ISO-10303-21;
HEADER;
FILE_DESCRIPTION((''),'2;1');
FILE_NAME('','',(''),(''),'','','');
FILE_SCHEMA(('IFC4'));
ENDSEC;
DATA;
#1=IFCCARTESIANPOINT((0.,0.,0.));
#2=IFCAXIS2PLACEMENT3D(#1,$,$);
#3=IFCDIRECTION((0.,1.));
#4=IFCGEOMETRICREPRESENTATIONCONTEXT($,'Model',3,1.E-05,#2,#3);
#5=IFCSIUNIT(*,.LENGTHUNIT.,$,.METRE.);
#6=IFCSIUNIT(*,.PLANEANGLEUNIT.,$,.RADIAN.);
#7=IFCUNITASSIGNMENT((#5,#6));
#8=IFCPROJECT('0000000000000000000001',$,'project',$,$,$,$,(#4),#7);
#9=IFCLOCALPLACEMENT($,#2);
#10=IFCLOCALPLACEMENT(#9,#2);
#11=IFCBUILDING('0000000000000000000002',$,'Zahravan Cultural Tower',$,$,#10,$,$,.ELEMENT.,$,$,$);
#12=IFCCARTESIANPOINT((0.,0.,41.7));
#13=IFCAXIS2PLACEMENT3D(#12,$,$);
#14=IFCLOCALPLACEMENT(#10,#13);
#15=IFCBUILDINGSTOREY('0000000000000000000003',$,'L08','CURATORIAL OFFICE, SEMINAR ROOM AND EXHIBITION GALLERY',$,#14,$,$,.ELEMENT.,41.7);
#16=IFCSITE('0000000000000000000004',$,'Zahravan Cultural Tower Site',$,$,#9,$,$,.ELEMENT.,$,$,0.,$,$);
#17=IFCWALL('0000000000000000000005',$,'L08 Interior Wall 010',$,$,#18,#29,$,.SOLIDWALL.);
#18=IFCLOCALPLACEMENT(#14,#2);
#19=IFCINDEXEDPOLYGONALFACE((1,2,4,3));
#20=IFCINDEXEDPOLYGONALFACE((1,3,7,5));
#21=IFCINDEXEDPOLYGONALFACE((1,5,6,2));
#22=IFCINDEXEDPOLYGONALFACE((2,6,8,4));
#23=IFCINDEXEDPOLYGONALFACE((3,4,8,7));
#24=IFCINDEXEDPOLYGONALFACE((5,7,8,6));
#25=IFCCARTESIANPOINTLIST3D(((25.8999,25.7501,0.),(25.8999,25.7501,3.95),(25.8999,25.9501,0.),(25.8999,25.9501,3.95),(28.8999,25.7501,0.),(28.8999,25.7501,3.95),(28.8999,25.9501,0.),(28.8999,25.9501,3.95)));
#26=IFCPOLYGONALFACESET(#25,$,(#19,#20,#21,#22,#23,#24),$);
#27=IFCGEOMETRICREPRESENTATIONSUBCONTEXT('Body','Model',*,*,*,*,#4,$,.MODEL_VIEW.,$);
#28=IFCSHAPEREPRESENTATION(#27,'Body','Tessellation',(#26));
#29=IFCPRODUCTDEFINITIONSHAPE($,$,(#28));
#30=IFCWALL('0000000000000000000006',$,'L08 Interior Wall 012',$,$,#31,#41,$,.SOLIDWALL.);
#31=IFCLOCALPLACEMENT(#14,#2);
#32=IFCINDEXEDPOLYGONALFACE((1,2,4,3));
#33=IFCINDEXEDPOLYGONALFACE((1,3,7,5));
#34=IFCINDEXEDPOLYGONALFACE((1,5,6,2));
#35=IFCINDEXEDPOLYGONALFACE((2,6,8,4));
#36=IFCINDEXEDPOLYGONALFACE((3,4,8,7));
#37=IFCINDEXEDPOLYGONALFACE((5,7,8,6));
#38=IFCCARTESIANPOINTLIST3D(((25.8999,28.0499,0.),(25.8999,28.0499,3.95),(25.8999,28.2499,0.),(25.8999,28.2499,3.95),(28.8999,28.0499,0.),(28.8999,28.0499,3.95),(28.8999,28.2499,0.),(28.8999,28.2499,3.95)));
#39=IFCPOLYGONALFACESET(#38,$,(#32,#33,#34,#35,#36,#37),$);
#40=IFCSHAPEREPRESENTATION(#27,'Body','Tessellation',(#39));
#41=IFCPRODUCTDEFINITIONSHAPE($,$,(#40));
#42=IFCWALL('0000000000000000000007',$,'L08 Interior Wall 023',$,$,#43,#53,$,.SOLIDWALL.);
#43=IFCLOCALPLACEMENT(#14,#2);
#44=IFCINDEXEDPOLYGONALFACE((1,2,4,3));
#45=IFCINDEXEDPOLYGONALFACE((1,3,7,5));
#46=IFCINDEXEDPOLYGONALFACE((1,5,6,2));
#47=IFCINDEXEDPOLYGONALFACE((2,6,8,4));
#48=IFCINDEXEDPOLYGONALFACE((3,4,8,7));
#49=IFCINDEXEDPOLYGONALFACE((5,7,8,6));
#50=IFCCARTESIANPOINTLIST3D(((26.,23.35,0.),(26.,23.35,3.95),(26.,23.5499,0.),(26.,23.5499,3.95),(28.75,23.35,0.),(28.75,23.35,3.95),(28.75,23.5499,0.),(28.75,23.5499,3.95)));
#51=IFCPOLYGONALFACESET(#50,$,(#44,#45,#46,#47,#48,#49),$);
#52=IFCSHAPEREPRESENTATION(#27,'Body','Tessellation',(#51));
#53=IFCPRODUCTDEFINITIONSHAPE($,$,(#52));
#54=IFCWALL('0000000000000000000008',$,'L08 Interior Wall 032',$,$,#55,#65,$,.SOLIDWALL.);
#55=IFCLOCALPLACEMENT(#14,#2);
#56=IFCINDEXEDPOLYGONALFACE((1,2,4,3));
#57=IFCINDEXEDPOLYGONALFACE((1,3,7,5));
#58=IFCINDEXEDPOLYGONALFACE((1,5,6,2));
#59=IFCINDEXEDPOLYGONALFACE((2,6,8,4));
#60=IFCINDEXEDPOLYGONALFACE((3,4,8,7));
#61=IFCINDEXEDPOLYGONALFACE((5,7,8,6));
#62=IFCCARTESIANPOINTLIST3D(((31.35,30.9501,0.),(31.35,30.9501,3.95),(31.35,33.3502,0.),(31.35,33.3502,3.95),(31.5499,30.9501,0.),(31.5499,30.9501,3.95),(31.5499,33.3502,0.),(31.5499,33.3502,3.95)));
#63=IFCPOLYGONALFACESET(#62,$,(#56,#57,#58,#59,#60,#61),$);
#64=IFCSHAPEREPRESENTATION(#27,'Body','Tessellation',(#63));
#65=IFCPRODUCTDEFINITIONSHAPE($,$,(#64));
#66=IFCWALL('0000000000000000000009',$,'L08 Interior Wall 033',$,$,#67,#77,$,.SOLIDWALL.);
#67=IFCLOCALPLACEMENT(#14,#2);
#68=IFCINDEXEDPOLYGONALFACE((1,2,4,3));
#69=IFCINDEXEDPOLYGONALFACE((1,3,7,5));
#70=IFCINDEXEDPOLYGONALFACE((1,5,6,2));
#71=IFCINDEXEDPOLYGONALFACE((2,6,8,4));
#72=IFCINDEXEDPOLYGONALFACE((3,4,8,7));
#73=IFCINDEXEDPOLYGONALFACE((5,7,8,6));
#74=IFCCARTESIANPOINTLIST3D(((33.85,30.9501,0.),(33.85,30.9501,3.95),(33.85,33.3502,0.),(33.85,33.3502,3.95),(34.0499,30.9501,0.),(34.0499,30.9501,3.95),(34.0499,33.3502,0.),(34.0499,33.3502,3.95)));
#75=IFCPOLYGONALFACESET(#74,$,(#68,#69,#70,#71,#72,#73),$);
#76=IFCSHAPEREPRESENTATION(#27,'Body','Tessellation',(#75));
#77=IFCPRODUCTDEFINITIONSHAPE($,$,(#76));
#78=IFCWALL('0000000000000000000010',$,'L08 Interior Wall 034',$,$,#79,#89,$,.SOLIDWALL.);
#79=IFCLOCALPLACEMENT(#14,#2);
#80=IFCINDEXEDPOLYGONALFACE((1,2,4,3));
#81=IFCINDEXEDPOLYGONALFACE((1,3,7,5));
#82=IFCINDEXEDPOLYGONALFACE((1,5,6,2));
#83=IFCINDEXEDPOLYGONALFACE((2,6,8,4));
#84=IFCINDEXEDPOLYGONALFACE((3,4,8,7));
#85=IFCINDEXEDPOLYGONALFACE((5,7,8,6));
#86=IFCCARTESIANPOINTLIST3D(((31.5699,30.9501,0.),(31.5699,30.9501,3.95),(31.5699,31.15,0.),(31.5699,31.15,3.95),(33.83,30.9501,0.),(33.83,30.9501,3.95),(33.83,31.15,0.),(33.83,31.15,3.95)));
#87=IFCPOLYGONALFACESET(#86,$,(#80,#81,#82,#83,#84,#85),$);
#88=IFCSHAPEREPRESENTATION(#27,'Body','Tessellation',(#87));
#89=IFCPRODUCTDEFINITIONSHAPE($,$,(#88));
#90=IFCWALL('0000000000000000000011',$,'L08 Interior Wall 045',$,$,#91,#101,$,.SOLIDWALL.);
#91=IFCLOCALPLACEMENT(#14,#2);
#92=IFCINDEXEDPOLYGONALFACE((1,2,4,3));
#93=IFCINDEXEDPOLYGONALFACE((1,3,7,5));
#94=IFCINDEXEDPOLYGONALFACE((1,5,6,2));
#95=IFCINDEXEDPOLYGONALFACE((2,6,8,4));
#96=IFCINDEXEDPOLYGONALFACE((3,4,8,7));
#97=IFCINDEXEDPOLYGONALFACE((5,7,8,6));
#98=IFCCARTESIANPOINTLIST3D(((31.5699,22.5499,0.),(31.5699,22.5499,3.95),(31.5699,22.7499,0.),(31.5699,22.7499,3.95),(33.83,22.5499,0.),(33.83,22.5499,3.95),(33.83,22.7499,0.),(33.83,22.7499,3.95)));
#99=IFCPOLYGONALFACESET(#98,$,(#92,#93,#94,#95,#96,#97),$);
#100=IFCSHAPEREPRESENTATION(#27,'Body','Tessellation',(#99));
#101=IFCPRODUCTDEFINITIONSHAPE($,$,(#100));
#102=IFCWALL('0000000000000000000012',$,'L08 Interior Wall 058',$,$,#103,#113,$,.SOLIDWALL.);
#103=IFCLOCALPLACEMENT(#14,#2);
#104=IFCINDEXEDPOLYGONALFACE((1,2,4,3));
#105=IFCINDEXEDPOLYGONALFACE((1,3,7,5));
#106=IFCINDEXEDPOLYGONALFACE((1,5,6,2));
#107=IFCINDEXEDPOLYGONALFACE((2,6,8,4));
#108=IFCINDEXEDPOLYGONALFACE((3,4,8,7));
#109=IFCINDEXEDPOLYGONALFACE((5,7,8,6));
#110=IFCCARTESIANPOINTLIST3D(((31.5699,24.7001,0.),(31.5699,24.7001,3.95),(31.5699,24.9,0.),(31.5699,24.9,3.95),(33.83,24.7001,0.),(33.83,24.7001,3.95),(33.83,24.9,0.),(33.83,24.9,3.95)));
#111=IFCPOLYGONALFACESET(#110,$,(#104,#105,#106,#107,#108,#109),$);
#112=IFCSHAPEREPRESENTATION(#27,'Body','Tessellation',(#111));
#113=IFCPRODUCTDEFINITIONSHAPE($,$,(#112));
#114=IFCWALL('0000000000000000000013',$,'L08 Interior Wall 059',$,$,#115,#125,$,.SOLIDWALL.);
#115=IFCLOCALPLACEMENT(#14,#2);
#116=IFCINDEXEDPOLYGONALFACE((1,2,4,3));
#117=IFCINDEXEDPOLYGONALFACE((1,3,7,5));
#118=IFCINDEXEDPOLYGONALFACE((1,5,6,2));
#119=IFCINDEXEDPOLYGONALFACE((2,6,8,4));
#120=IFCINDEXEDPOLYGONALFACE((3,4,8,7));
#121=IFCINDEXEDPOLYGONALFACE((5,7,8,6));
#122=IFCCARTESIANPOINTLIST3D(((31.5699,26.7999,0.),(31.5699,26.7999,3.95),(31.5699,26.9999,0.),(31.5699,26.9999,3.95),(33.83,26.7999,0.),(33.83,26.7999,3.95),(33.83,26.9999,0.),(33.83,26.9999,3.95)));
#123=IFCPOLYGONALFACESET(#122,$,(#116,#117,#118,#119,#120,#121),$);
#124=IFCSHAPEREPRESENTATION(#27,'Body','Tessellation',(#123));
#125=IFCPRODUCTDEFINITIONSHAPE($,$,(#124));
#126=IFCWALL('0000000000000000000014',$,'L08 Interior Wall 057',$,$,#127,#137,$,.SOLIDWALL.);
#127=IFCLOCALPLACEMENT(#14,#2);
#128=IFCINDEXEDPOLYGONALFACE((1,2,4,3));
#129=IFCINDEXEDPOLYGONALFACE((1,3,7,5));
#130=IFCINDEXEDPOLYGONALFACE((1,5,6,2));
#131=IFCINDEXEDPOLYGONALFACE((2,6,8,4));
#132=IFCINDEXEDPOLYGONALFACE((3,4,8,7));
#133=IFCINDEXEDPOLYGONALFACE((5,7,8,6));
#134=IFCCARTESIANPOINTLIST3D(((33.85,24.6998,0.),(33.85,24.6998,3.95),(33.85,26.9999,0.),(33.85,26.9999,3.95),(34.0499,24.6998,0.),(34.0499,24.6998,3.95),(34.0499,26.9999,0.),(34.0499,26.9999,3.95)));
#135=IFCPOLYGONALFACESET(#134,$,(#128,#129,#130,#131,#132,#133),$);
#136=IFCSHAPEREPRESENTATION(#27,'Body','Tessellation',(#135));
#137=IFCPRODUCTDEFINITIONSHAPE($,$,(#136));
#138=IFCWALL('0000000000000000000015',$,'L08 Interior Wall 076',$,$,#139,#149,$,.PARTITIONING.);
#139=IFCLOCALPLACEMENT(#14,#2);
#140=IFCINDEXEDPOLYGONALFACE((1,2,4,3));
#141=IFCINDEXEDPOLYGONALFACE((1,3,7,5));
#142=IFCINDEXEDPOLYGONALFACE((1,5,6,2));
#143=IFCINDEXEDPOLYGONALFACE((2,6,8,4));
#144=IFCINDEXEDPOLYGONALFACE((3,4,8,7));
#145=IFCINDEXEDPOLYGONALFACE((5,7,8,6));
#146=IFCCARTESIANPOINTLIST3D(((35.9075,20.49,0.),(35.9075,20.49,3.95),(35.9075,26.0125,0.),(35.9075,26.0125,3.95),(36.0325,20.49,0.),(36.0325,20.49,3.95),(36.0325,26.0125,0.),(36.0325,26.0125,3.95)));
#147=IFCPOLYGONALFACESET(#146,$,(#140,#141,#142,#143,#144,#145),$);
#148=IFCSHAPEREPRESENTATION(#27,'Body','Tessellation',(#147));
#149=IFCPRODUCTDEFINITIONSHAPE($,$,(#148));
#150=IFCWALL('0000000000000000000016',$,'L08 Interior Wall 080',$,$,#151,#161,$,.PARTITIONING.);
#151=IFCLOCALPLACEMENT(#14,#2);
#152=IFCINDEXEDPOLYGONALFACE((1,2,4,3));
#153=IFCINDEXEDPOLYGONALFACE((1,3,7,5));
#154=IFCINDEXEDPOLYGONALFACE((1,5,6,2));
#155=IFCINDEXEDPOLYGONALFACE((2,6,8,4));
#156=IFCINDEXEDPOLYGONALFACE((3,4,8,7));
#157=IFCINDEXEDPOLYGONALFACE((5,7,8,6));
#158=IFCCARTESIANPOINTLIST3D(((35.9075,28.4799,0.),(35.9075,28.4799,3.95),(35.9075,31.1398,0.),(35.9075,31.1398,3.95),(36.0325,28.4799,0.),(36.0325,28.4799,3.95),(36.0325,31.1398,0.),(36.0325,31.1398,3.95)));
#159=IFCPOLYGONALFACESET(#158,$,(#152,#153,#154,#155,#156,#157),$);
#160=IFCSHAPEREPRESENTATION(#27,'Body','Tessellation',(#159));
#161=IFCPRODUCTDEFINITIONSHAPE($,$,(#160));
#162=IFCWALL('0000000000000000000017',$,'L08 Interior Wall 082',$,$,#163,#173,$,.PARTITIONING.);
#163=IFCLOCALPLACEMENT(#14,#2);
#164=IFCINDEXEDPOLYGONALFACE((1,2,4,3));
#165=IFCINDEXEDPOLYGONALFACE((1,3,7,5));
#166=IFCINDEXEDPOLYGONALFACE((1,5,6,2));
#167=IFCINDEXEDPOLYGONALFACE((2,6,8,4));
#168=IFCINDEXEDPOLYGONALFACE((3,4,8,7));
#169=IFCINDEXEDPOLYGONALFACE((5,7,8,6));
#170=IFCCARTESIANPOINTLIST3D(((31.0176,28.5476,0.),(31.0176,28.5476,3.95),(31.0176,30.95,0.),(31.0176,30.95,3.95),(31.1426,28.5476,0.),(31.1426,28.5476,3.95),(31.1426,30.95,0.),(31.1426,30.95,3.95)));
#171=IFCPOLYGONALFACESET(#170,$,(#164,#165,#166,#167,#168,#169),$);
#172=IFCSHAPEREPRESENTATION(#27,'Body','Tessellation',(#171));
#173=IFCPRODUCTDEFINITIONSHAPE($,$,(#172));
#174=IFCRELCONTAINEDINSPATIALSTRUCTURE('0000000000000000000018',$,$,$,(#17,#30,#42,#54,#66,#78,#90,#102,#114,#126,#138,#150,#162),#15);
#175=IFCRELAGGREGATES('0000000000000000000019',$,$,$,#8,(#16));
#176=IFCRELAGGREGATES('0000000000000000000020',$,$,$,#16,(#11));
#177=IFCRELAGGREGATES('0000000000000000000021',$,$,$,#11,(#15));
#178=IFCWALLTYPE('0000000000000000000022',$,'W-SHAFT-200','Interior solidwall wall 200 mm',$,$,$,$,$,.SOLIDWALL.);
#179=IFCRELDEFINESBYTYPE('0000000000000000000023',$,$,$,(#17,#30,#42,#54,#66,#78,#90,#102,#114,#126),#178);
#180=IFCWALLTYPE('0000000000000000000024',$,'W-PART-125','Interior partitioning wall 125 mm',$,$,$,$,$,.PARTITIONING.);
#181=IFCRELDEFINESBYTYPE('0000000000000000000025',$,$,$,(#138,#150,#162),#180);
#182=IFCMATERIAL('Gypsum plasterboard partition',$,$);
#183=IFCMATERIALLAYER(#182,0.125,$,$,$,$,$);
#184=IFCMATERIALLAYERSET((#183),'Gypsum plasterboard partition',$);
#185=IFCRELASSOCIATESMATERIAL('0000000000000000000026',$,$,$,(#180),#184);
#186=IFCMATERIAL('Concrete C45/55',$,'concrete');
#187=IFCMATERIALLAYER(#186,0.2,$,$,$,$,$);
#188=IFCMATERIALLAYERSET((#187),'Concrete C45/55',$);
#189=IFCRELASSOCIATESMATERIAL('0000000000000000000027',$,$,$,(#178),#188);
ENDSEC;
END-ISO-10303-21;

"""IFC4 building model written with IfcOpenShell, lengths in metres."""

from ifc_helpers import new_model, si_unit, direction, frame, frame_2d, origin, place, context, subcontext, project, spatial, rectangle, extrude, source, transform, mapped, material, layer, layer_set, type_object, element, save


model = new_model("IFC4")

# Units and contexts
model_context = context("Model", 3, precision=1e-05, world=origin(), true_north=direction((0.0, 1.0)))
body_context = subcontext(model_context, "Body", "Model", "MODEL_VIEW")
ifc_project = project(units=[si_unit("LENGTHUNIT", "METRE"), si_unit("PLANEANGLEUNIT", "RADIAN")], contexts=[model_context])

# Site, building, storey
site_placement = place(None, origin())
site = spatial("IfcSite", under=ifc_project, at=site_placement, Name="Zahravan Cultural Tower Site", CompositionType="ELEMENT", RefElevation=0.0)
building_placement = place(site_placement, origin())
building = spatial("IfcBuilding", under=site, at=building_placement, Name="Zahravan Cultural Tower", CompositionType="ELEMENT")
storey_placement = place(building_placement, frame((0.0, 0.0, 41.7)))
storey = spatial("IfcBuildingStorey", under=building, at=storey_placement, Name="L08", Description="CURATORIAL OFFICE, SEMINAR ROOM AND EXHIBITION GALLERY", CompositionType="ELEMENT", Elevation=41.7)

# Shared definitions
ifc_material_1 = material(Name="Gypsum plasterboard partition")
ifc_layer_1 = layer(ifc_material_1, 0.125)
ifc_layer_set_1 = layer_set([ifc_layer_1], Name="Gypsum plasterboard partition")
wall_type_1 = type_object("IfcWallType", Name="W-PART-125", Description="Interior partitioning wall 125 mm", PredefinedType="PARTITIONING", material=ifc_layer_set_1)
ifc_material_2 = material(Name="Concrete C45/55", Category="concrete")
ifc_layer_2 = layer(ifc_material_2, 0.2)
ifc_layer_set_2 = layer_set([ifc_layer_2], Name="Concrete C45/55")
wall_type_2 = type_object("IfcWallType", Name="W-SHAFT-200", Description="Interior solidwall wall 200 mm", PredefinedType="SOLIDWALL", material=ifc_layer_set_2)

# Walls
shared_shape_1 = source(origin(), body_context, "Body", "SweptSolid", [
    extrude(rectangle(XDim=3.0, YDim=0.2, at=frame_2d((1.5, 0.0))), origin(), (0.0, 0.0, 1.0), 3.95),
])
for number, where, z_axis, x_axis, name in (
    (1, (25.8999, 25.8501, 0.0), (0.0, 0.0, 1.0), (1.0, 0.0, 0.0), "L08 Interior Wall 010"),
    (2, (25.8999, 28.1499, 0.0), (0.0, 0.0, 1.0), (1.0, 0.0, 0.0), "L08 Interior Wall 012"),
):
    element("IfcWall", number, at=place(storey_placement, frame(where, z_axis=z_axis, x_axis=x_axis)), inside=storey, type_object=wall_type_2, Name=name, PredefinedType="SOLIDWALL", context=body_context, shape_type="MappedRepresentation", body=[
        mapped(shared_shape_1, transform((0.0, 0.0, 0.0), x_axis=(1.0, 0.0, 0.0), y_axis=(0.0, 1.0, 0.0), z_axis=(0.0, 0.0, 1.0), scale=1.0)),
    ])
shared_shape_2 = source(origin(), body_context, "Body", "SweptSolid", [
    extrude(rectangle(XDim=2.75, YDim=0.2, at=frame_2d((1.375, 0.0))), origin(), (0.0, 0.0, 1.0), 3.95),
])
wall_1_placement = place(storey_placement, frame((26.0, 23.45, 0.0), z_axis=(0.0, 0.0, 1.0), x_axis=(1.0, 0.0, 0.0)))
element("IfcWall", 3, at=wall_1_placement, inside=storey, type_object=wall_type_2, Name="L08 Interior Wall 023", PredefinedType="SOLIDWALL", context=body_context, shape_type="MappedRepresentation", body=[
    mapped(shared_shape_2, transform((0.0, 0.0, 0.0), x_axis=(1.0, 0.0, 0.0), y_axis=(0.0, 1.0, 0.0), z_axis=(0.0, 0.0, 1.0), scale=1.0)),
])
shared_shape_3 = source(origin(), body_context, "Body", "SweptSolid", [
    extrude(rectangle(XDim=2.4001, YDim=0.2, at=frame_2d((1.2002, 0.0))), origin(), (0.0, 0.0, 1.0), 3.95),
])
for number, where, z_axis, x_axis, name in (
    (4, (31.45, 30.95, 0.0), (0.0, 0.0, 1.0), (0.0, 1.0, 0.0), "L08 Interior Wall 032"),
    (5, (33.95, 30.95, 0.0), (0.0, 0.0, 1.0), (0.0, 1.0, 0.0), "L08 Interior Wall 033"),
):
    element("IfcWall", number, at=place(storey_placement, frame(where, z_axis=z_axis, x_axis=x_axis)), inside=storey, type_object=wall_type_2, Name=name, PredefinedType="SOLIDWALL", context=body_context, shape_type="MappedRepresentation", body=[
        mapped(shared_shape_3, transform((0.0, 0.0, 0.0), x_axis=(1.0, 0.0, 0.0), y_axis=(0.0, 1.0, 0.0), z_axis=(0.0, 0.0, 1.0), scale=1.0)),
    ])
shared_shape_4 = source(origin(), body_context, "Body", "SweptSolid", [
    extrude(rectangle(XDim=2.26, YDim=0.2, at=frame_2d((1.1299, 0.0))), origin(), (0.0, 0.0, 1.0), 3.95),
])
for number, where, z_axis, x_axis, name in (
    (6, (31.5701, 31.05, 0.0), (0.0, 0.0, 1.0), (1.0, 0.0, 0.0), "L08 Interior Wall 034"),
    (7, (31.5701, 22.6499, 0.0), (0.0, 0.0, 1.0), (1.0, 0.0, 0.0), "L08 Interior Wall 045"),
    (8, (31.5701, 24.8, 0.0), (0.0, 0.0, 1.0), (1.0, 0.0, 0.0), "L08 Interior Wall 058"),
    (9, (31.5701, 26.8999, 0.0), (0.0, 0.0, 1.0), (1.0, 0.0, 0.0), "L08 Interior Wall 059"),
):
    element("IfcWall", number, at=place(storey_placement, frame(where, z_axis=z_axis, x_axis=x_axis)), inside=storey, type_object=wall_type_2, Name=name, PredefinedType="SOLIDWALL", context=body_context, shape_type="MappedRepresentation", body=[
        mapped(shared_shape_4, transform((0.0, 0.0, 0.0), x_axis=(1.0, 0.0, 0.0), y_axis=(0.0, 1.0, 0.0), z_axis=(0.0, 0.0, 1.0), scale=1.0)),
    ])
shared_shape_5 = source(origin(), body_context, "Body", "SweptSolid", [
    extrude(rectangle(XDim=2.3, YDim=0.2, at=frame_2d((1.1499, 0.0))), origin(), (0.0, 0.0, 1.0), 3.95),
])
wall_2_placement = place(storey_placement, frame((33.95, 24.7, 0.0), z_axis=(0.0, 0.0, 1.0), x_axis=(0.0, 1.0, 0.0)))
element("IfcWall", 10, at=wall_2_placement, inside=storey, type_object=wall_type_2, Name="L08 Interior Wall 057", PredefinedType="SOLIDWALL", context=body_context, shape_type="MappedRepresentation", body=[
    mapped(shared_shape_5, transform((0.0, 0.0, 0.0), x_axis=(1.0, 0.0, 0.0), y_axis=(0.0, 1.0, 0.0), z_axis=(0.0, 0.0, 1.0), scale=1.0)),
])
shared_shape_6 = source(origin(), body_context, "Body", "SweptSolid", [
    extrude(rectangle(XDim=5.5225, YDim=0.125, at=frame_2d((2.7612, 0.0))), origin(), (0.0, 0.0, 1.0), 3.95),
])
wall_3_placement = place(storey_placement, frame((35.97, 26.0125, 0.0), z_axis=(0.0, 0.0, 1.0), x_axis=(0.0, -1.0, 0.0)))
element("IfcWall", 11, at=wall_3_placement, inside=storey, type_object=wall_type_1, Name="L08 Interior Wall 076", PredefinedType="PARTITIONING", context=body_context, shape_type="MappedRepresentation", body=[
    mapped(shared_shape_6, transform((0.0, 0.0, 0.0), x_axis=(1.0, 0.0, 0.0), y_axis=(0.0, 1.0, 0.0), z_axis=(0.0, 0.0, 1.0), scale=1.0)),
])
shared_shape_7 = source(origin(), body_context, "Body", "SweptSolid", [
    extrude(rectangle(XDim=2.6599, YDim=0.125, at=frame_2d((1.3301, 0.0))), origin(), (0.0, 0.0, 1.0), 3.95),
])
wall_4_placement = place(storey_placement, frame((35.97, 31.1399, 0.0), z_axis=(0.0, 0.0, 1.0), x_axis=(0.0, -1.0, 0.0)))
element("IfcWall", 12, at=wall_4_placement, inside=storey, type_object=wall_type_1, Name="L08 Interior Wall 080", PredefinedType="PARTITIONING", context=body_context, shape_type="MappedRepresentation", body=[
    mapped(shared_shape_7, transform((0.0, 0.0, 0.0), x_axis=(1.0, 0.0, 0.0), y_axis=(0.0, 1.0, 0.0), z_axis=(0.0, 0.0, 1.0), scale=1.0)),
])
shared_shape_8 = source(origin(), body_context, "Body", "SweptSolid", [
    extrude(rectangle(XDim=2.4023, YDim=0.125, at=frame_2d((1.2012, 0.0))), origin(), (0.0, 0.0, 1.0), 3.95),
])
wall_5_placement = place(storey_placement, frame((31.0801, 28.5476, 0.0), z_axis=(0.0, 0.0, 1.0), x_axis=(0.0, 1.0, 0.0)))
element("IfcWall", 13, at=wall_5_placement, inside=storey, type_object=wall_type_1, Name="L08 Interior Wall 082", PredefinedType="PARTITIONING", context=body_context, shape_type="MappedRepresentation", body=[
    mapped(shared_shape_8, transform((0.0, 0.0, 0.0), x_axis=(1.0, 0.0, 0.0), y_axis=(0.0, 1.0, 0.0), z_axis=(0.0, 0.0, 1.0), scale=1.0)),
])

save(model, "model.ifc")
